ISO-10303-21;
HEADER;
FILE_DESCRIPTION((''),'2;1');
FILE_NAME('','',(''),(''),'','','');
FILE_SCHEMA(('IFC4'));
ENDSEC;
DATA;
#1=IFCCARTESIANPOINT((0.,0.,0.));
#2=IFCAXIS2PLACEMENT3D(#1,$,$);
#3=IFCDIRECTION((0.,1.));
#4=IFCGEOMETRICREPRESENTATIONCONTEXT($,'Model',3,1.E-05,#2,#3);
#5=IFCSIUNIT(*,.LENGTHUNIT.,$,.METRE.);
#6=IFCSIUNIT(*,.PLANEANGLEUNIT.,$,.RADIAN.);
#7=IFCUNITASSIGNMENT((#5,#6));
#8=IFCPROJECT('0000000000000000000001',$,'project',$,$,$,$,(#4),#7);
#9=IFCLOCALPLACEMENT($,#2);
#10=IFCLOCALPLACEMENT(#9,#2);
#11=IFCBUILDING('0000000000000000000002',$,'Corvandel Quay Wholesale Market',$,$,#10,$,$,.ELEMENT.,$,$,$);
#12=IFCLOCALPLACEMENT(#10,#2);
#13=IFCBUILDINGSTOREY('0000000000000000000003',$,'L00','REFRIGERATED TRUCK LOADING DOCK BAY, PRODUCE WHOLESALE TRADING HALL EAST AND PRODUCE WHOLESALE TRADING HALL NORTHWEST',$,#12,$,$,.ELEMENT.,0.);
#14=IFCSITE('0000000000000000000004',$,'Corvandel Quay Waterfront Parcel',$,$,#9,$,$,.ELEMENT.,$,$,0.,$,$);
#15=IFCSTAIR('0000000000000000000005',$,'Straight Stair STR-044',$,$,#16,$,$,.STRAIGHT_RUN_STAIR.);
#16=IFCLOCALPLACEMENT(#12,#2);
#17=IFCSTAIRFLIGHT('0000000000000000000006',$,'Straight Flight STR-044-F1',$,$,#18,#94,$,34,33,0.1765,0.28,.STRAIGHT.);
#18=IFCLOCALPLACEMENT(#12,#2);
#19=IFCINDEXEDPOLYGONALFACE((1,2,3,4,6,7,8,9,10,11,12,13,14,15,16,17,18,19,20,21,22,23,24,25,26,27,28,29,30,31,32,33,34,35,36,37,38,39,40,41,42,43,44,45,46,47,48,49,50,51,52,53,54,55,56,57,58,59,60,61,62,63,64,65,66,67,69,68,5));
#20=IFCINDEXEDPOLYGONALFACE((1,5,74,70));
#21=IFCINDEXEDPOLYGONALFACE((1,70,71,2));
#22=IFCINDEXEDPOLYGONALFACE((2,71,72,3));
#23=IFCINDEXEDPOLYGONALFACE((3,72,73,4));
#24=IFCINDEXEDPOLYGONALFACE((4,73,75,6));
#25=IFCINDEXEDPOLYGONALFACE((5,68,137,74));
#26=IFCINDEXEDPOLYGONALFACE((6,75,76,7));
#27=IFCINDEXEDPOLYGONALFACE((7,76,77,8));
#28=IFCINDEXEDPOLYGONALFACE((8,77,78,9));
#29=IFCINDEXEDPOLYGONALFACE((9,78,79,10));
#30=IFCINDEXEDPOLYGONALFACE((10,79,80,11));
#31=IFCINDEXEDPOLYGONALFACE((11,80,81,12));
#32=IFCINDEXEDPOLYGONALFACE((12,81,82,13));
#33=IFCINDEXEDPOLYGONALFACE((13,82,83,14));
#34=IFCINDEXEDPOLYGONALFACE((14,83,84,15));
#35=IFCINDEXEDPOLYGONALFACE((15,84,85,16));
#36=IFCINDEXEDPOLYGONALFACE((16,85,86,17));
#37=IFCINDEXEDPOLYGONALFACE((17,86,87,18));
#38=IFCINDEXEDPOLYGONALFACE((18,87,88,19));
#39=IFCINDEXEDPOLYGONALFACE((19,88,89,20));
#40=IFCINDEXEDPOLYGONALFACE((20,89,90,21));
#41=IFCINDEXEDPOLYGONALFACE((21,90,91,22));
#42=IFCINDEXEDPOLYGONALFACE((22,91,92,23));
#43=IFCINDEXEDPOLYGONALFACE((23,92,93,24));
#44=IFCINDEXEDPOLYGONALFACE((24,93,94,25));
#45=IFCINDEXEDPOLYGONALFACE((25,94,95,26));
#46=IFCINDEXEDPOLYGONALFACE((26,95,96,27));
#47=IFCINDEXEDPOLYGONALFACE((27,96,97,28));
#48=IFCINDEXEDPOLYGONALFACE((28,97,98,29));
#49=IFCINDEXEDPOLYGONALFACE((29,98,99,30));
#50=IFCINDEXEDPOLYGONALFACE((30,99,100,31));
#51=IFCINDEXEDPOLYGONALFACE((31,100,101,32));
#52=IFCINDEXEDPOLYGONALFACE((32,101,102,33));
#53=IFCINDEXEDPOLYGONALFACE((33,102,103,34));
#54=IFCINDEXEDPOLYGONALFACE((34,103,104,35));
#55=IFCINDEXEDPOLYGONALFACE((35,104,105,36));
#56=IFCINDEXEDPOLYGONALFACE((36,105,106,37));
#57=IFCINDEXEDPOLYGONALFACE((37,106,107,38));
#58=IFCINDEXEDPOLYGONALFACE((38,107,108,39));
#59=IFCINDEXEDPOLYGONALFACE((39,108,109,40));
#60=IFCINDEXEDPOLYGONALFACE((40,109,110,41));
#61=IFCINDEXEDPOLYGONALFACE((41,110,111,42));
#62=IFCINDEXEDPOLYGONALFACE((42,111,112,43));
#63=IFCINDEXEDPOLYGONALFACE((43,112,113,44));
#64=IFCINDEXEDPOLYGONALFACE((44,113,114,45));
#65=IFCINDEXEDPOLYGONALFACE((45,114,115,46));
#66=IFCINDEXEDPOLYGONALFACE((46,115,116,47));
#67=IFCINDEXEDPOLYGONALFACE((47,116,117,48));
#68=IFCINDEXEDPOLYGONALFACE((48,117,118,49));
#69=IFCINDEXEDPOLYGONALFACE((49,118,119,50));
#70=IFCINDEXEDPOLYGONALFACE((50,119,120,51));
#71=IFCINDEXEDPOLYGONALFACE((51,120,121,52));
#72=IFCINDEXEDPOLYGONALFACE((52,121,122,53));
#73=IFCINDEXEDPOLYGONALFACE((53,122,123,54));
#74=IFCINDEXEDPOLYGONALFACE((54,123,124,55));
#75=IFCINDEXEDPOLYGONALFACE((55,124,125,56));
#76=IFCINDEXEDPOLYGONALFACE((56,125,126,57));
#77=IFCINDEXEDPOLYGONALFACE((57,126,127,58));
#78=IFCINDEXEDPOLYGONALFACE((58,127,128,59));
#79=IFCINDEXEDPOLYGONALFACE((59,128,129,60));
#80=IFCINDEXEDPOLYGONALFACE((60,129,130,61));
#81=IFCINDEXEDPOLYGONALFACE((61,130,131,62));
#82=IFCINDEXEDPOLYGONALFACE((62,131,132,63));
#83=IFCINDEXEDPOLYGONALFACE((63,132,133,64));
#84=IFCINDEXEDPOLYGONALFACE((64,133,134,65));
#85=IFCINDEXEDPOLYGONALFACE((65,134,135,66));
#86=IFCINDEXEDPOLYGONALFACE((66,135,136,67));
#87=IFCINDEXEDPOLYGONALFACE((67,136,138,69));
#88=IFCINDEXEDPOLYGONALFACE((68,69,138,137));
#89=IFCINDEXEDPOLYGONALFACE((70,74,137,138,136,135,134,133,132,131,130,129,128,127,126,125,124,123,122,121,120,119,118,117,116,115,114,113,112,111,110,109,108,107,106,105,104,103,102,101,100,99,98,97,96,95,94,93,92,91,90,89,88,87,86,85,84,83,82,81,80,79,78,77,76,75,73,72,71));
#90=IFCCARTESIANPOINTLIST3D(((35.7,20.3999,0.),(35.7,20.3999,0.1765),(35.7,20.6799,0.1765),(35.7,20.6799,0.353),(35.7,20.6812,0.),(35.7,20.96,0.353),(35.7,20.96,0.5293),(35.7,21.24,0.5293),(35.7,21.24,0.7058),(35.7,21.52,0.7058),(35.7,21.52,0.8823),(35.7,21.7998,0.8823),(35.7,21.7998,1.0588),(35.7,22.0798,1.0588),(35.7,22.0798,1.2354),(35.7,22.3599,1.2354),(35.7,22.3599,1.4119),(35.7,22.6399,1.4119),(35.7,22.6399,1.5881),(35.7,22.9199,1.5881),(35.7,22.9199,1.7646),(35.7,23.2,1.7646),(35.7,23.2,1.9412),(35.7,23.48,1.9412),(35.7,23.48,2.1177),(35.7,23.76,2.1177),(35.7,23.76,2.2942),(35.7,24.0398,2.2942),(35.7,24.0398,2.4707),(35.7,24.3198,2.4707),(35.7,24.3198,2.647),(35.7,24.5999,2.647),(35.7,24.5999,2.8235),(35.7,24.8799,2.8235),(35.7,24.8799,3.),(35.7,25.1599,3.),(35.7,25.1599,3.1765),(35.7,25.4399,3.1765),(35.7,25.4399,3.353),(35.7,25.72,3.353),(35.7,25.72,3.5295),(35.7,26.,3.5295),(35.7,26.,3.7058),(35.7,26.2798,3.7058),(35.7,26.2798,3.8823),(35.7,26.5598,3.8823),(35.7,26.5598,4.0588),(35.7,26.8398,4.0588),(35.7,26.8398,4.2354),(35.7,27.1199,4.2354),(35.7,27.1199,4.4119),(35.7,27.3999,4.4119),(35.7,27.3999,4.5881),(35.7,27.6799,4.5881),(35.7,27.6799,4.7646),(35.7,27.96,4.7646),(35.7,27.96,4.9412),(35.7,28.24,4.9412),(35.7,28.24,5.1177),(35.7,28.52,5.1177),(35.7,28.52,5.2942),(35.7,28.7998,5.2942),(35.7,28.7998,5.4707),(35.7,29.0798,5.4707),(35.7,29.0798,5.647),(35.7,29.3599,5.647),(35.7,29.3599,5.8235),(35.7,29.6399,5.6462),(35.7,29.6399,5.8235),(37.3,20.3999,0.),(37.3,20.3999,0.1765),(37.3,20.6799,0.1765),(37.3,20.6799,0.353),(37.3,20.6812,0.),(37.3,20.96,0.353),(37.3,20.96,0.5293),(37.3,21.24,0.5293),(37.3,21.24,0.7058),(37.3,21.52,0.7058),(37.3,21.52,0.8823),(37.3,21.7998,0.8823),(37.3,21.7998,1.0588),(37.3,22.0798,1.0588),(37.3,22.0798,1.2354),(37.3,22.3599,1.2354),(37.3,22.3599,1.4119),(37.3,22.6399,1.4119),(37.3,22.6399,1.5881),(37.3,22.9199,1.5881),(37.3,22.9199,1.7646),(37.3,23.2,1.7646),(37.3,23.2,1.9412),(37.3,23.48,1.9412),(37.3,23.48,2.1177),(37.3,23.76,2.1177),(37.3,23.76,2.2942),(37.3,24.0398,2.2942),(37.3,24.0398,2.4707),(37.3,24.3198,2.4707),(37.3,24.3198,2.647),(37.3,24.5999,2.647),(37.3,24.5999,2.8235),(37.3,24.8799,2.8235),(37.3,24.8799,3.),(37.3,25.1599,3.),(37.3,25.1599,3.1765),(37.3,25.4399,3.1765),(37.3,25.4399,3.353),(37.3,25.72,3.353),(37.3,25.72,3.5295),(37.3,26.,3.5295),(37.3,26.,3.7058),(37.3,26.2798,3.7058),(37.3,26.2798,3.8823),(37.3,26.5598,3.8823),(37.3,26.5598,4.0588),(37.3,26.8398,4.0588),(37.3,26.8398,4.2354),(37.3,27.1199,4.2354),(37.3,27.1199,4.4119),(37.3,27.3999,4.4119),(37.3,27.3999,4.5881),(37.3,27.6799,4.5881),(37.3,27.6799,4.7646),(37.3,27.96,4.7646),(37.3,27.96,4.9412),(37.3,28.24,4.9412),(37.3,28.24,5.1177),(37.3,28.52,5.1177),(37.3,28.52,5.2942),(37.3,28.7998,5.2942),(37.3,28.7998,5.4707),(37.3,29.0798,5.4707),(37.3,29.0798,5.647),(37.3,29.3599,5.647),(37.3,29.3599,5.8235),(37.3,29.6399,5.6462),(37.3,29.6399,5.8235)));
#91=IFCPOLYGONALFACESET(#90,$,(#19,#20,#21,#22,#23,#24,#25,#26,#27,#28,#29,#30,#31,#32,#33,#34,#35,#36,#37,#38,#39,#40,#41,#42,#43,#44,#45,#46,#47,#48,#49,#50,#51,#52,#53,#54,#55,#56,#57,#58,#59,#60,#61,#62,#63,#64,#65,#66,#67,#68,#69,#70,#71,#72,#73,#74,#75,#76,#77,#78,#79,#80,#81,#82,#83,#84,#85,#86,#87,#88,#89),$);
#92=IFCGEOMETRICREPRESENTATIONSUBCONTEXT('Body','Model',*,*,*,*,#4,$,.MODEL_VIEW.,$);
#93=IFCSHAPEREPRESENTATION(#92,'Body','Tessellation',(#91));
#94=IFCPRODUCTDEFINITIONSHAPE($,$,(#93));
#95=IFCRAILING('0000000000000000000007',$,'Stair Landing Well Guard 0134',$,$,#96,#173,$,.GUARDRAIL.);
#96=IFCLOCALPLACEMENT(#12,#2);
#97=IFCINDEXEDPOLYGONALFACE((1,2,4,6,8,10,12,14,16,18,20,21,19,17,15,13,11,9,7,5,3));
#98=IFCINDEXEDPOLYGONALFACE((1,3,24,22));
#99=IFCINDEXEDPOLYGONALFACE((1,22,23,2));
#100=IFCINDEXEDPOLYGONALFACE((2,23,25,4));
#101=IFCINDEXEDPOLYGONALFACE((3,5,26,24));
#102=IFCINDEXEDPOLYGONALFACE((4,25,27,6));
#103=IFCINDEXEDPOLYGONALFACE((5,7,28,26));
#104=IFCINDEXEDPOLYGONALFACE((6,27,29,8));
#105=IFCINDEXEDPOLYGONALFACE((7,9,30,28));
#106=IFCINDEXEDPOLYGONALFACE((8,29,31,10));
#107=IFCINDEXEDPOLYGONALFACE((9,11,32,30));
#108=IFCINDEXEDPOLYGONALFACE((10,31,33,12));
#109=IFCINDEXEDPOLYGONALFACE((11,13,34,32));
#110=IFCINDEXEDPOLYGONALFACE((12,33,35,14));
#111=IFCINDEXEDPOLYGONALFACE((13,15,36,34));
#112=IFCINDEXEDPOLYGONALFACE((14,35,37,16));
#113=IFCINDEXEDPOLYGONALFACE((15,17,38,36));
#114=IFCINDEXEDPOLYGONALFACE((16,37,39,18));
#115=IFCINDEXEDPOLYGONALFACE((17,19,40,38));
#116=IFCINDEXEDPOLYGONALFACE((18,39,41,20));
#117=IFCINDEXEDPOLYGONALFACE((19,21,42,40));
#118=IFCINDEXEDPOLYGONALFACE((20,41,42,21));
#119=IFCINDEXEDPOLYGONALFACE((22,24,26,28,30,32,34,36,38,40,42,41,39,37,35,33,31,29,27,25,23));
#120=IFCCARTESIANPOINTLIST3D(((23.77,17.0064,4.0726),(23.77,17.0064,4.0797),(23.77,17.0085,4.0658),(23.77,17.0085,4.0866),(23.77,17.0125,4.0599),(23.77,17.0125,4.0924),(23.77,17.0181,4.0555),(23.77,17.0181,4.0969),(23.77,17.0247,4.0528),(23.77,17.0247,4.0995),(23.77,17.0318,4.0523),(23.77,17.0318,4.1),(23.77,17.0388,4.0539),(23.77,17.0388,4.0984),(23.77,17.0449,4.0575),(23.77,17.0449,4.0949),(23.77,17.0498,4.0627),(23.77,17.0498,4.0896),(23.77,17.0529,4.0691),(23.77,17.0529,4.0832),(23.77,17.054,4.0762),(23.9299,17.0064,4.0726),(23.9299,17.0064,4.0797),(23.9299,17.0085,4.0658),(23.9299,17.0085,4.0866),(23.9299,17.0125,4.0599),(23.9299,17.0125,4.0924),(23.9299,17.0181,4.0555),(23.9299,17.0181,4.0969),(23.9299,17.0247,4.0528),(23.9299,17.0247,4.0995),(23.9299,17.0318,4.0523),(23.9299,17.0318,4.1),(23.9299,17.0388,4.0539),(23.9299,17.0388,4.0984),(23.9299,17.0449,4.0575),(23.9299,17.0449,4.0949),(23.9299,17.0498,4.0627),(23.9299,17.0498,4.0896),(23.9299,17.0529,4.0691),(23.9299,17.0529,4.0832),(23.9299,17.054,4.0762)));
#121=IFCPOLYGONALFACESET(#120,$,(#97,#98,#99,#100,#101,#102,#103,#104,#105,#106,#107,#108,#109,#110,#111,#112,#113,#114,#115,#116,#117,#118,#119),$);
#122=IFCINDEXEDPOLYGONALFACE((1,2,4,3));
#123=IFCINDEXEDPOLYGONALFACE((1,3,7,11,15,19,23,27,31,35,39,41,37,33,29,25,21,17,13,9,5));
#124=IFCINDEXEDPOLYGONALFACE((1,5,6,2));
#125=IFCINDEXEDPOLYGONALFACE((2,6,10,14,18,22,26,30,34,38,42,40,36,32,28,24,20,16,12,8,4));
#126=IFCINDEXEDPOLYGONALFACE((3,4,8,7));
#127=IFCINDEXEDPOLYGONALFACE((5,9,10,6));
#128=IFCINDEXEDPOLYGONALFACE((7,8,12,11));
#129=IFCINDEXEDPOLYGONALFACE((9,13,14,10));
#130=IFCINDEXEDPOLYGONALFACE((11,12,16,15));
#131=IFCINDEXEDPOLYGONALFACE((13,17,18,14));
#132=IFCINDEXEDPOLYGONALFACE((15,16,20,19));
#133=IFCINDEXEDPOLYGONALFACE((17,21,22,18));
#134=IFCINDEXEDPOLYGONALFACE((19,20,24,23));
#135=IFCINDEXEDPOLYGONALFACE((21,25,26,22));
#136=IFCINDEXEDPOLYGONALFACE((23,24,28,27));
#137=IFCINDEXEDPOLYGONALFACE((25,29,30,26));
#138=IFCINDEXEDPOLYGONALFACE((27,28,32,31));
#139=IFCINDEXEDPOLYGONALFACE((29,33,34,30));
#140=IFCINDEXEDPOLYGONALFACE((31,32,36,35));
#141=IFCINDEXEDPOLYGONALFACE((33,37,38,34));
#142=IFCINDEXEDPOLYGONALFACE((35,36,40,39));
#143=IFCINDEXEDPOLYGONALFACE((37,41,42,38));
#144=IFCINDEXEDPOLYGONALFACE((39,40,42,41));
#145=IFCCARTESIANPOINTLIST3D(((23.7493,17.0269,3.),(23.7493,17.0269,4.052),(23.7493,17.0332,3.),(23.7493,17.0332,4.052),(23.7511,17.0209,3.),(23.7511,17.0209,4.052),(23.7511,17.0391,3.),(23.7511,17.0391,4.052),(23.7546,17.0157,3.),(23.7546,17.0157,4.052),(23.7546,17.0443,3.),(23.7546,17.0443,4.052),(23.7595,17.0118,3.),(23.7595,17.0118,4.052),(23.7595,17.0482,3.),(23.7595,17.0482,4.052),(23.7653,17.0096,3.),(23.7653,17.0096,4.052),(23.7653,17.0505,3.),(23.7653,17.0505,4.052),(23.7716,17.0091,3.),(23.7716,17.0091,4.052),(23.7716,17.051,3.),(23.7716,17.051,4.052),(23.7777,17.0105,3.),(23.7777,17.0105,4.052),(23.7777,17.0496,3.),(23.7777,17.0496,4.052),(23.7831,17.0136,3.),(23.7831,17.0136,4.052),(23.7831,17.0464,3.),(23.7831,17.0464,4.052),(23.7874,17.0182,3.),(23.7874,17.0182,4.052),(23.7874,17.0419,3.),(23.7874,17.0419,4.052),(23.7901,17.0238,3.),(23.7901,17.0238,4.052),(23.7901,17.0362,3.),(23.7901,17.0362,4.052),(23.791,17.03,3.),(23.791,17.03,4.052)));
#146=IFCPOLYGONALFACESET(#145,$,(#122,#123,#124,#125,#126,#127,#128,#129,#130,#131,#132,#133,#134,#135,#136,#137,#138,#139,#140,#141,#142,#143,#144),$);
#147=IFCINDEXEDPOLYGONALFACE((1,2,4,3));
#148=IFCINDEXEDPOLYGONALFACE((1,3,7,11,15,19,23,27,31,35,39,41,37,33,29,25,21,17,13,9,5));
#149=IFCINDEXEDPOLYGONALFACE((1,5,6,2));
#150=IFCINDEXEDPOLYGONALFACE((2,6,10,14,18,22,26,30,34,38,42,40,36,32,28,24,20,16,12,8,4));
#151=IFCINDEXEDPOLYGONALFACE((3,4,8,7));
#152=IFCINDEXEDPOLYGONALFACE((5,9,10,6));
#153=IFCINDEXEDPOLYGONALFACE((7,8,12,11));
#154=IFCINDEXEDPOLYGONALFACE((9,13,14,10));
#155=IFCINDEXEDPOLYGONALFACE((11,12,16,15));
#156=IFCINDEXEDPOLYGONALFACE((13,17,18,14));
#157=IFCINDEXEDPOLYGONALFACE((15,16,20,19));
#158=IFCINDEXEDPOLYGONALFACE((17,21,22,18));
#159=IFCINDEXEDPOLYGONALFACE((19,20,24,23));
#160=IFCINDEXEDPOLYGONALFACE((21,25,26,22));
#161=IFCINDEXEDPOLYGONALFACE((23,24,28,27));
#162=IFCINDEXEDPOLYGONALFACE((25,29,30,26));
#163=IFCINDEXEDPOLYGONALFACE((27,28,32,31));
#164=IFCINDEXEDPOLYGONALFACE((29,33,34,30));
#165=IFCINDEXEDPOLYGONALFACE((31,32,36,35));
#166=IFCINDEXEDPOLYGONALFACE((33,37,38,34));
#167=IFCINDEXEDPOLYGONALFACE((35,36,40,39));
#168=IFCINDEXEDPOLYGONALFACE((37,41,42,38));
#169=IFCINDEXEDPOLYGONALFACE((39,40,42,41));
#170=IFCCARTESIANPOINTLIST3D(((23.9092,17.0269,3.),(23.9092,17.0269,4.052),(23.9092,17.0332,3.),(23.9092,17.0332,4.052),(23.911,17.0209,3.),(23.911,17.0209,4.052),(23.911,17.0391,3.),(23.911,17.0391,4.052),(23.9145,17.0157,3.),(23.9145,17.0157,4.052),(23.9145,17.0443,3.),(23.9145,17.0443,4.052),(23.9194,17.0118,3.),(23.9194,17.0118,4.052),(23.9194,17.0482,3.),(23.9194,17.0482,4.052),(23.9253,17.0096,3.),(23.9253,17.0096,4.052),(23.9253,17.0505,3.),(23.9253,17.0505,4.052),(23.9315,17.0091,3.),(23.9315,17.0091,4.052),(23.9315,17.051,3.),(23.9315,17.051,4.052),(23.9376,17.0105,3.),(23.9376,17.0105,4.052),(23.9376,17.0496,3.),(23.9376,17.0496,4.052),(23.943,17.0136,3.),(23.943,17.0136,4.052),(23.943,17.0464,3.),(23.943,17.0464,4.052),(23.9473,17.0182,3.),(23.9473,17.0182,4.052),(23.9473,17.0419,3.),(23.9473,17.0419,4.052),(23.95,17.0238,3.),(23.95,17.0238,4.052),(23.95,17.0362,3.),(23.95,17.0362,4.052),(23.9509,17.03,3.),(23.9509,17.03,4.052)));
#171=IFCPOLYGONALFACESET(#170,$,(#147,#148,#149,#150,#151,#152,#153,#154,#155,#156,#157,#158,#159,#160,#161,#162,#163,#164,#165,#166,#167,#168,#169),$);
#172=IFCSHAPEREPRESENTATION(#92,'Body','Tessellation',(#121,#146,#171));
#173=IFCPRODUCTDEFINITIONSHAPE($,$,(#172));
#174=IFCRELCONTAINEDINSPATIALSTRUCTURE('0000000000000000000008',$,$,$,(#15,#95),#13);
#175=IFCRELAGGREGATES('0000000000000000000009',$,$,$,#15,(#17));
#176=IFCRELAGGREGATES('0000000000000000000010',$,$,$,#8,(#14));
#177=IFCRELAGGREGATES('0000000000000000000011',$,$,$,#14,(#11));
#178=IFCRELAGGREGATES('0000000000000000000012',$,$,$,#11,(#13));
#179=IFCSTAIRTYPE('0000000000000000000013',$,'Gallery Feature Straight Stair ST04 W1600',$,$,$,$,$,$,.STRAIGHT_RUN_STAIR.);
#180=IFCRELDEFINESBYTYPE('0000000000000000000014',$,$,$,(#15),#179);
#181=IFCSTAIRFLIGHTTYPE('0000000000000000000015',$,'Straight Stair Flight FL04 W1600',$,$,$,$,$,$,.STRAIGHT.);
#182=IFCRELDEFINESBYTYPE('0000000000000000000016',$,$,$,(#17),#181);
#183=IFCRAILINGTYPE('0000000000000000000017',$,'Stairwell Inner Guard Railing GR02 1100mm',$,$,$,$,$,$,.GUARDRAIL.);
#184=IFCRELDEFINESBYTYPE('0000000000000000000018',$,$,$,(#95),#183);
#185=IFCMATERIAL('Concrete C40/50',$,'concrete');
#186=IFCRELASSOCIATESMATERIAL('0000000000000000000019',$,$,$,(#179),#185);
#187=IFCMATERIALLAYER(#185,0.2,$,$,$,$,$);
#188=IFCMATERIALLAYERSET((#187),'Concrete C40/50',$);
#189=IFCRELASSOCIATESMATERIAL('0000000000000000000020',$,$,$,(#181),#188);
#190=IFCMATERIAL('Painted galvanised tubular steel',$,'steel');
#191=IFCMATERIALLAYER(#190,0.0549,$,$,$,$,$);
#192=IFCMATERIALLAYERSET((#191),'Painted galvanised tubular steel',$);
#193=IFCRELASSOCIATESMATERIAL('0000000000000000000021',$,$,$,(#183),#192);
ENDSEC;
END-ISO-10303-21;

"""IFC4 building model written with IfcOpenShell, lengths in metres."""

from ifc_helpers import new_model, si_unit, direction, frame, origin, origin_2d, place, context, subcontext, project, spatial, polyline, circle, outline, extrude, material, layer, layer_set, type_object, element, aggregate, save


model = new_model("IFC4")

# Units and contexts
model_context = context("Model", 3, precision=1e-05, world=origin(), true_north=direction((0.0, 1.0)))
body_context = subcontext(model_context, "Body", "Model", "MODEL_VIEW")
ifc_project = project(units=[si_unit("LENGTHUNIT", "METRE"), si_unit("PLANEANGLEUNIT", "RADIAN")], contexts=[model_context])

# Site, building, storey
site_placement = place(None, origin())
site = spatial("IfcSite", under=ifc_project, at=site_placement, Name="Corvandel Quay Waterfront Parcel", CompositionType="ELEMENT", RefElevation=0.0)
building_placement = place(site_placement, origin())
building = spatial("IfcBuilding", under=site, at=building_placement, Name="Corvandel Quay Wholesale Market", CompositionType="ELEMENT")
storey_placement = place(building_placement, origin())
storey = spatial("IfcBuildingStorey", under=building, at=storey_placement, Name="L00", Description="REFRIGERATED TRUCK LOADING DOCK BAY, PRODUCE WHOLESALE TRADING HALL EAST AND PRODUCE WHOLESALE TRADING HALL NORTHWEST", CompositionType="ELEMENT", Elevation=0.0)

# Shared definitions
ifc_material_1 = material(Name="Concrete C40/50", Category="concrete")

# Stair, stair flight
stair_type_1 = type_object("IfcStairType", Name="Gallery Feature Straight Stair ST04 W1600", PredefinedType="STRAIGHT_RUN_STAIR", material=ifc_material_1)
stair_1_placement = place(storey_placement, origin())
stair_1 = element("IfcStair", 1, at=stair_1_placement, inside=storey, type_object=stair_type_1, Name="Straight Stair STR-044", PredefinedType="STRAIGHT_RUN_STAIR")
ifc_layer_1 = layer(ifc_material_1, 0.2)
ifc_layer_set_1 = layer_set([ifc_layer_1], Name="Concrete C40/50")
stair_flight_type_1 = type_object("IfcStairFlightType", Name="Straight Stair Flight FL04 W1600", PredefinedType="STRAIGHT", material=ifc_layer_set_1)
stair_flight_1_placement = place(storey_placement, frame((36.5, 20.3999, 0.0), z_axis=(0.0, 0.0, 1.0), x_axis=(0.0, 1.0, 0.0)))
stair_flight_1 = element("IfcStairFlight", 2, at=stair_flight_1_placement, type_object=stair_flight_type_1, Name="Straight Flight STR-044-F1", NumberOfRisers=34, NumberOfTreads=33, PredefinedType="STRAIGHT", RiserHeight=0.1765, TreadLength=0.28, context=body_context, shape_type="SweptSolid", body=[
    extrude(outline(polyline([(0.0, 0.0), (0.0, 0.1765), (0.28, 0.1765), (0.28, 0.353), (0.5601, 0.353), (0.5601, 0.5293), (0.8401, 0.5293), (0.8401, 0.7058), (1.1201, 0.7058), (1.1201, 0.8823), (1.3999, 0.8823), (1.3999, 1.0588), (1.6799, 1.0588), (1.6799, 1.2354), (1.96, 1.2354), (1.96, 1.4119), (2.24, 1.4119), (2.24, 1.5881), (2.52, 1.5881), (2.52, 1.7646), (2.8, 1.7646), (2.8, 1.9412), (3.0801, 1.9412), (3.0801, 2.1177), (3.3601, 2.1177), (3.3601, 2.2942), (3.6399, 2.2942), (3.6399, 2.4707), (3.9199, 2.4707), (3.9199, 2.647), (4.2, 2.647), (4.2, 2.8235), (4.48, 2.8235), (4.48, 3.0), (4.76, 3.0), (4.76, 3.1765), (5.04, 3.1765), (5.04, 3.353), (5.3201, 3.353), (5.3201, 3.5295), (5.6001, 3.5295), (5.6001, 3.7058), (5.8799, 3.7058), (5.8799, 3.8823), (6.1599, 3.8823), (6.1599, 4.0588), (6.4399, 4.0588), (6.4399, 4.2354), (6.72, 4.2354), (6.72, 4.4119), (7.0, 4.4119), (7.0, 4.5881), (7.28, 4.5881), (7.28, 4.7646), (7.5601, 4.7646), (7.5601, 4.9412), (7.8401, 4.9412), (7.8401, 5.1177), (8.1201, 5.1177), (8.1201, 5.2942), (8.3999, 5.2942), (8.3999, 5.4707), (8.6799, 5.4707), (8.6799, 5.647), (8.96, 5.647), (8.96, 5.8235), (9.24, 5.8235), (9.24, 6.0), (9.24, 5.6462), (0.2812, 0.0), (0.0, 0.0)])), frame((0.0, 0.8, 0.0), z_axis=(0.0, -1.0, 0.0), x_axis=(1.0, 0.0, 0.0)), (0.0, 0.0, 1.0), 1.6001),
])
aggregate(stair_1, [stair_flight_1])

# Railing
ifc_material_2 = material(Name="Painted galvanised tubular steel", Category="steel")
ifc_layer_2 = layer(ifc_material_2, 0.0549)
ifc_layer_set_2 = layer_set([ifc_layer_2], Name="Painted galvanised tubular steel")
railing_type_1 = type_object("IfcRailingType", Name="Stairwell Inner Guard Railing GR02 1100mm", PredefinedType="GUARDRAIL", material=ifc_layer_set_2)
railing_placement = place(storey_placement, frame((23.77, 17.03, 3.0)))
element("IfcRailing", 3, at=railing_placement, inside=storey, type_object=railing_type_1, Name="Stair Landing Well Guard 0134", PredefinedType="GUARDRAIL", context=body_context, shape_type="SweptSolid", body=[
    extrude(circle(Radius=0.0239, at=origin_2d()), frame((0.0, 0.0, 1.0762), z_axis=(1.0, 0.0, 0.0), x_axis=(0.0, 1.0, 0.0)), (0.0, 0.0, 1.0), 0.1599),
    extrude(circle(Radius=0.021, at=origin_2d()), origin(), (0.0, 0.0, 1.0), 1.052),
    extrude(circle(Radius=0.021, at=origin_2d()), frame((0.1599, 0.0, 0.0)), (0.0, 0.0, 1.0), 1.052),
])

save(model, "model.ifc")
